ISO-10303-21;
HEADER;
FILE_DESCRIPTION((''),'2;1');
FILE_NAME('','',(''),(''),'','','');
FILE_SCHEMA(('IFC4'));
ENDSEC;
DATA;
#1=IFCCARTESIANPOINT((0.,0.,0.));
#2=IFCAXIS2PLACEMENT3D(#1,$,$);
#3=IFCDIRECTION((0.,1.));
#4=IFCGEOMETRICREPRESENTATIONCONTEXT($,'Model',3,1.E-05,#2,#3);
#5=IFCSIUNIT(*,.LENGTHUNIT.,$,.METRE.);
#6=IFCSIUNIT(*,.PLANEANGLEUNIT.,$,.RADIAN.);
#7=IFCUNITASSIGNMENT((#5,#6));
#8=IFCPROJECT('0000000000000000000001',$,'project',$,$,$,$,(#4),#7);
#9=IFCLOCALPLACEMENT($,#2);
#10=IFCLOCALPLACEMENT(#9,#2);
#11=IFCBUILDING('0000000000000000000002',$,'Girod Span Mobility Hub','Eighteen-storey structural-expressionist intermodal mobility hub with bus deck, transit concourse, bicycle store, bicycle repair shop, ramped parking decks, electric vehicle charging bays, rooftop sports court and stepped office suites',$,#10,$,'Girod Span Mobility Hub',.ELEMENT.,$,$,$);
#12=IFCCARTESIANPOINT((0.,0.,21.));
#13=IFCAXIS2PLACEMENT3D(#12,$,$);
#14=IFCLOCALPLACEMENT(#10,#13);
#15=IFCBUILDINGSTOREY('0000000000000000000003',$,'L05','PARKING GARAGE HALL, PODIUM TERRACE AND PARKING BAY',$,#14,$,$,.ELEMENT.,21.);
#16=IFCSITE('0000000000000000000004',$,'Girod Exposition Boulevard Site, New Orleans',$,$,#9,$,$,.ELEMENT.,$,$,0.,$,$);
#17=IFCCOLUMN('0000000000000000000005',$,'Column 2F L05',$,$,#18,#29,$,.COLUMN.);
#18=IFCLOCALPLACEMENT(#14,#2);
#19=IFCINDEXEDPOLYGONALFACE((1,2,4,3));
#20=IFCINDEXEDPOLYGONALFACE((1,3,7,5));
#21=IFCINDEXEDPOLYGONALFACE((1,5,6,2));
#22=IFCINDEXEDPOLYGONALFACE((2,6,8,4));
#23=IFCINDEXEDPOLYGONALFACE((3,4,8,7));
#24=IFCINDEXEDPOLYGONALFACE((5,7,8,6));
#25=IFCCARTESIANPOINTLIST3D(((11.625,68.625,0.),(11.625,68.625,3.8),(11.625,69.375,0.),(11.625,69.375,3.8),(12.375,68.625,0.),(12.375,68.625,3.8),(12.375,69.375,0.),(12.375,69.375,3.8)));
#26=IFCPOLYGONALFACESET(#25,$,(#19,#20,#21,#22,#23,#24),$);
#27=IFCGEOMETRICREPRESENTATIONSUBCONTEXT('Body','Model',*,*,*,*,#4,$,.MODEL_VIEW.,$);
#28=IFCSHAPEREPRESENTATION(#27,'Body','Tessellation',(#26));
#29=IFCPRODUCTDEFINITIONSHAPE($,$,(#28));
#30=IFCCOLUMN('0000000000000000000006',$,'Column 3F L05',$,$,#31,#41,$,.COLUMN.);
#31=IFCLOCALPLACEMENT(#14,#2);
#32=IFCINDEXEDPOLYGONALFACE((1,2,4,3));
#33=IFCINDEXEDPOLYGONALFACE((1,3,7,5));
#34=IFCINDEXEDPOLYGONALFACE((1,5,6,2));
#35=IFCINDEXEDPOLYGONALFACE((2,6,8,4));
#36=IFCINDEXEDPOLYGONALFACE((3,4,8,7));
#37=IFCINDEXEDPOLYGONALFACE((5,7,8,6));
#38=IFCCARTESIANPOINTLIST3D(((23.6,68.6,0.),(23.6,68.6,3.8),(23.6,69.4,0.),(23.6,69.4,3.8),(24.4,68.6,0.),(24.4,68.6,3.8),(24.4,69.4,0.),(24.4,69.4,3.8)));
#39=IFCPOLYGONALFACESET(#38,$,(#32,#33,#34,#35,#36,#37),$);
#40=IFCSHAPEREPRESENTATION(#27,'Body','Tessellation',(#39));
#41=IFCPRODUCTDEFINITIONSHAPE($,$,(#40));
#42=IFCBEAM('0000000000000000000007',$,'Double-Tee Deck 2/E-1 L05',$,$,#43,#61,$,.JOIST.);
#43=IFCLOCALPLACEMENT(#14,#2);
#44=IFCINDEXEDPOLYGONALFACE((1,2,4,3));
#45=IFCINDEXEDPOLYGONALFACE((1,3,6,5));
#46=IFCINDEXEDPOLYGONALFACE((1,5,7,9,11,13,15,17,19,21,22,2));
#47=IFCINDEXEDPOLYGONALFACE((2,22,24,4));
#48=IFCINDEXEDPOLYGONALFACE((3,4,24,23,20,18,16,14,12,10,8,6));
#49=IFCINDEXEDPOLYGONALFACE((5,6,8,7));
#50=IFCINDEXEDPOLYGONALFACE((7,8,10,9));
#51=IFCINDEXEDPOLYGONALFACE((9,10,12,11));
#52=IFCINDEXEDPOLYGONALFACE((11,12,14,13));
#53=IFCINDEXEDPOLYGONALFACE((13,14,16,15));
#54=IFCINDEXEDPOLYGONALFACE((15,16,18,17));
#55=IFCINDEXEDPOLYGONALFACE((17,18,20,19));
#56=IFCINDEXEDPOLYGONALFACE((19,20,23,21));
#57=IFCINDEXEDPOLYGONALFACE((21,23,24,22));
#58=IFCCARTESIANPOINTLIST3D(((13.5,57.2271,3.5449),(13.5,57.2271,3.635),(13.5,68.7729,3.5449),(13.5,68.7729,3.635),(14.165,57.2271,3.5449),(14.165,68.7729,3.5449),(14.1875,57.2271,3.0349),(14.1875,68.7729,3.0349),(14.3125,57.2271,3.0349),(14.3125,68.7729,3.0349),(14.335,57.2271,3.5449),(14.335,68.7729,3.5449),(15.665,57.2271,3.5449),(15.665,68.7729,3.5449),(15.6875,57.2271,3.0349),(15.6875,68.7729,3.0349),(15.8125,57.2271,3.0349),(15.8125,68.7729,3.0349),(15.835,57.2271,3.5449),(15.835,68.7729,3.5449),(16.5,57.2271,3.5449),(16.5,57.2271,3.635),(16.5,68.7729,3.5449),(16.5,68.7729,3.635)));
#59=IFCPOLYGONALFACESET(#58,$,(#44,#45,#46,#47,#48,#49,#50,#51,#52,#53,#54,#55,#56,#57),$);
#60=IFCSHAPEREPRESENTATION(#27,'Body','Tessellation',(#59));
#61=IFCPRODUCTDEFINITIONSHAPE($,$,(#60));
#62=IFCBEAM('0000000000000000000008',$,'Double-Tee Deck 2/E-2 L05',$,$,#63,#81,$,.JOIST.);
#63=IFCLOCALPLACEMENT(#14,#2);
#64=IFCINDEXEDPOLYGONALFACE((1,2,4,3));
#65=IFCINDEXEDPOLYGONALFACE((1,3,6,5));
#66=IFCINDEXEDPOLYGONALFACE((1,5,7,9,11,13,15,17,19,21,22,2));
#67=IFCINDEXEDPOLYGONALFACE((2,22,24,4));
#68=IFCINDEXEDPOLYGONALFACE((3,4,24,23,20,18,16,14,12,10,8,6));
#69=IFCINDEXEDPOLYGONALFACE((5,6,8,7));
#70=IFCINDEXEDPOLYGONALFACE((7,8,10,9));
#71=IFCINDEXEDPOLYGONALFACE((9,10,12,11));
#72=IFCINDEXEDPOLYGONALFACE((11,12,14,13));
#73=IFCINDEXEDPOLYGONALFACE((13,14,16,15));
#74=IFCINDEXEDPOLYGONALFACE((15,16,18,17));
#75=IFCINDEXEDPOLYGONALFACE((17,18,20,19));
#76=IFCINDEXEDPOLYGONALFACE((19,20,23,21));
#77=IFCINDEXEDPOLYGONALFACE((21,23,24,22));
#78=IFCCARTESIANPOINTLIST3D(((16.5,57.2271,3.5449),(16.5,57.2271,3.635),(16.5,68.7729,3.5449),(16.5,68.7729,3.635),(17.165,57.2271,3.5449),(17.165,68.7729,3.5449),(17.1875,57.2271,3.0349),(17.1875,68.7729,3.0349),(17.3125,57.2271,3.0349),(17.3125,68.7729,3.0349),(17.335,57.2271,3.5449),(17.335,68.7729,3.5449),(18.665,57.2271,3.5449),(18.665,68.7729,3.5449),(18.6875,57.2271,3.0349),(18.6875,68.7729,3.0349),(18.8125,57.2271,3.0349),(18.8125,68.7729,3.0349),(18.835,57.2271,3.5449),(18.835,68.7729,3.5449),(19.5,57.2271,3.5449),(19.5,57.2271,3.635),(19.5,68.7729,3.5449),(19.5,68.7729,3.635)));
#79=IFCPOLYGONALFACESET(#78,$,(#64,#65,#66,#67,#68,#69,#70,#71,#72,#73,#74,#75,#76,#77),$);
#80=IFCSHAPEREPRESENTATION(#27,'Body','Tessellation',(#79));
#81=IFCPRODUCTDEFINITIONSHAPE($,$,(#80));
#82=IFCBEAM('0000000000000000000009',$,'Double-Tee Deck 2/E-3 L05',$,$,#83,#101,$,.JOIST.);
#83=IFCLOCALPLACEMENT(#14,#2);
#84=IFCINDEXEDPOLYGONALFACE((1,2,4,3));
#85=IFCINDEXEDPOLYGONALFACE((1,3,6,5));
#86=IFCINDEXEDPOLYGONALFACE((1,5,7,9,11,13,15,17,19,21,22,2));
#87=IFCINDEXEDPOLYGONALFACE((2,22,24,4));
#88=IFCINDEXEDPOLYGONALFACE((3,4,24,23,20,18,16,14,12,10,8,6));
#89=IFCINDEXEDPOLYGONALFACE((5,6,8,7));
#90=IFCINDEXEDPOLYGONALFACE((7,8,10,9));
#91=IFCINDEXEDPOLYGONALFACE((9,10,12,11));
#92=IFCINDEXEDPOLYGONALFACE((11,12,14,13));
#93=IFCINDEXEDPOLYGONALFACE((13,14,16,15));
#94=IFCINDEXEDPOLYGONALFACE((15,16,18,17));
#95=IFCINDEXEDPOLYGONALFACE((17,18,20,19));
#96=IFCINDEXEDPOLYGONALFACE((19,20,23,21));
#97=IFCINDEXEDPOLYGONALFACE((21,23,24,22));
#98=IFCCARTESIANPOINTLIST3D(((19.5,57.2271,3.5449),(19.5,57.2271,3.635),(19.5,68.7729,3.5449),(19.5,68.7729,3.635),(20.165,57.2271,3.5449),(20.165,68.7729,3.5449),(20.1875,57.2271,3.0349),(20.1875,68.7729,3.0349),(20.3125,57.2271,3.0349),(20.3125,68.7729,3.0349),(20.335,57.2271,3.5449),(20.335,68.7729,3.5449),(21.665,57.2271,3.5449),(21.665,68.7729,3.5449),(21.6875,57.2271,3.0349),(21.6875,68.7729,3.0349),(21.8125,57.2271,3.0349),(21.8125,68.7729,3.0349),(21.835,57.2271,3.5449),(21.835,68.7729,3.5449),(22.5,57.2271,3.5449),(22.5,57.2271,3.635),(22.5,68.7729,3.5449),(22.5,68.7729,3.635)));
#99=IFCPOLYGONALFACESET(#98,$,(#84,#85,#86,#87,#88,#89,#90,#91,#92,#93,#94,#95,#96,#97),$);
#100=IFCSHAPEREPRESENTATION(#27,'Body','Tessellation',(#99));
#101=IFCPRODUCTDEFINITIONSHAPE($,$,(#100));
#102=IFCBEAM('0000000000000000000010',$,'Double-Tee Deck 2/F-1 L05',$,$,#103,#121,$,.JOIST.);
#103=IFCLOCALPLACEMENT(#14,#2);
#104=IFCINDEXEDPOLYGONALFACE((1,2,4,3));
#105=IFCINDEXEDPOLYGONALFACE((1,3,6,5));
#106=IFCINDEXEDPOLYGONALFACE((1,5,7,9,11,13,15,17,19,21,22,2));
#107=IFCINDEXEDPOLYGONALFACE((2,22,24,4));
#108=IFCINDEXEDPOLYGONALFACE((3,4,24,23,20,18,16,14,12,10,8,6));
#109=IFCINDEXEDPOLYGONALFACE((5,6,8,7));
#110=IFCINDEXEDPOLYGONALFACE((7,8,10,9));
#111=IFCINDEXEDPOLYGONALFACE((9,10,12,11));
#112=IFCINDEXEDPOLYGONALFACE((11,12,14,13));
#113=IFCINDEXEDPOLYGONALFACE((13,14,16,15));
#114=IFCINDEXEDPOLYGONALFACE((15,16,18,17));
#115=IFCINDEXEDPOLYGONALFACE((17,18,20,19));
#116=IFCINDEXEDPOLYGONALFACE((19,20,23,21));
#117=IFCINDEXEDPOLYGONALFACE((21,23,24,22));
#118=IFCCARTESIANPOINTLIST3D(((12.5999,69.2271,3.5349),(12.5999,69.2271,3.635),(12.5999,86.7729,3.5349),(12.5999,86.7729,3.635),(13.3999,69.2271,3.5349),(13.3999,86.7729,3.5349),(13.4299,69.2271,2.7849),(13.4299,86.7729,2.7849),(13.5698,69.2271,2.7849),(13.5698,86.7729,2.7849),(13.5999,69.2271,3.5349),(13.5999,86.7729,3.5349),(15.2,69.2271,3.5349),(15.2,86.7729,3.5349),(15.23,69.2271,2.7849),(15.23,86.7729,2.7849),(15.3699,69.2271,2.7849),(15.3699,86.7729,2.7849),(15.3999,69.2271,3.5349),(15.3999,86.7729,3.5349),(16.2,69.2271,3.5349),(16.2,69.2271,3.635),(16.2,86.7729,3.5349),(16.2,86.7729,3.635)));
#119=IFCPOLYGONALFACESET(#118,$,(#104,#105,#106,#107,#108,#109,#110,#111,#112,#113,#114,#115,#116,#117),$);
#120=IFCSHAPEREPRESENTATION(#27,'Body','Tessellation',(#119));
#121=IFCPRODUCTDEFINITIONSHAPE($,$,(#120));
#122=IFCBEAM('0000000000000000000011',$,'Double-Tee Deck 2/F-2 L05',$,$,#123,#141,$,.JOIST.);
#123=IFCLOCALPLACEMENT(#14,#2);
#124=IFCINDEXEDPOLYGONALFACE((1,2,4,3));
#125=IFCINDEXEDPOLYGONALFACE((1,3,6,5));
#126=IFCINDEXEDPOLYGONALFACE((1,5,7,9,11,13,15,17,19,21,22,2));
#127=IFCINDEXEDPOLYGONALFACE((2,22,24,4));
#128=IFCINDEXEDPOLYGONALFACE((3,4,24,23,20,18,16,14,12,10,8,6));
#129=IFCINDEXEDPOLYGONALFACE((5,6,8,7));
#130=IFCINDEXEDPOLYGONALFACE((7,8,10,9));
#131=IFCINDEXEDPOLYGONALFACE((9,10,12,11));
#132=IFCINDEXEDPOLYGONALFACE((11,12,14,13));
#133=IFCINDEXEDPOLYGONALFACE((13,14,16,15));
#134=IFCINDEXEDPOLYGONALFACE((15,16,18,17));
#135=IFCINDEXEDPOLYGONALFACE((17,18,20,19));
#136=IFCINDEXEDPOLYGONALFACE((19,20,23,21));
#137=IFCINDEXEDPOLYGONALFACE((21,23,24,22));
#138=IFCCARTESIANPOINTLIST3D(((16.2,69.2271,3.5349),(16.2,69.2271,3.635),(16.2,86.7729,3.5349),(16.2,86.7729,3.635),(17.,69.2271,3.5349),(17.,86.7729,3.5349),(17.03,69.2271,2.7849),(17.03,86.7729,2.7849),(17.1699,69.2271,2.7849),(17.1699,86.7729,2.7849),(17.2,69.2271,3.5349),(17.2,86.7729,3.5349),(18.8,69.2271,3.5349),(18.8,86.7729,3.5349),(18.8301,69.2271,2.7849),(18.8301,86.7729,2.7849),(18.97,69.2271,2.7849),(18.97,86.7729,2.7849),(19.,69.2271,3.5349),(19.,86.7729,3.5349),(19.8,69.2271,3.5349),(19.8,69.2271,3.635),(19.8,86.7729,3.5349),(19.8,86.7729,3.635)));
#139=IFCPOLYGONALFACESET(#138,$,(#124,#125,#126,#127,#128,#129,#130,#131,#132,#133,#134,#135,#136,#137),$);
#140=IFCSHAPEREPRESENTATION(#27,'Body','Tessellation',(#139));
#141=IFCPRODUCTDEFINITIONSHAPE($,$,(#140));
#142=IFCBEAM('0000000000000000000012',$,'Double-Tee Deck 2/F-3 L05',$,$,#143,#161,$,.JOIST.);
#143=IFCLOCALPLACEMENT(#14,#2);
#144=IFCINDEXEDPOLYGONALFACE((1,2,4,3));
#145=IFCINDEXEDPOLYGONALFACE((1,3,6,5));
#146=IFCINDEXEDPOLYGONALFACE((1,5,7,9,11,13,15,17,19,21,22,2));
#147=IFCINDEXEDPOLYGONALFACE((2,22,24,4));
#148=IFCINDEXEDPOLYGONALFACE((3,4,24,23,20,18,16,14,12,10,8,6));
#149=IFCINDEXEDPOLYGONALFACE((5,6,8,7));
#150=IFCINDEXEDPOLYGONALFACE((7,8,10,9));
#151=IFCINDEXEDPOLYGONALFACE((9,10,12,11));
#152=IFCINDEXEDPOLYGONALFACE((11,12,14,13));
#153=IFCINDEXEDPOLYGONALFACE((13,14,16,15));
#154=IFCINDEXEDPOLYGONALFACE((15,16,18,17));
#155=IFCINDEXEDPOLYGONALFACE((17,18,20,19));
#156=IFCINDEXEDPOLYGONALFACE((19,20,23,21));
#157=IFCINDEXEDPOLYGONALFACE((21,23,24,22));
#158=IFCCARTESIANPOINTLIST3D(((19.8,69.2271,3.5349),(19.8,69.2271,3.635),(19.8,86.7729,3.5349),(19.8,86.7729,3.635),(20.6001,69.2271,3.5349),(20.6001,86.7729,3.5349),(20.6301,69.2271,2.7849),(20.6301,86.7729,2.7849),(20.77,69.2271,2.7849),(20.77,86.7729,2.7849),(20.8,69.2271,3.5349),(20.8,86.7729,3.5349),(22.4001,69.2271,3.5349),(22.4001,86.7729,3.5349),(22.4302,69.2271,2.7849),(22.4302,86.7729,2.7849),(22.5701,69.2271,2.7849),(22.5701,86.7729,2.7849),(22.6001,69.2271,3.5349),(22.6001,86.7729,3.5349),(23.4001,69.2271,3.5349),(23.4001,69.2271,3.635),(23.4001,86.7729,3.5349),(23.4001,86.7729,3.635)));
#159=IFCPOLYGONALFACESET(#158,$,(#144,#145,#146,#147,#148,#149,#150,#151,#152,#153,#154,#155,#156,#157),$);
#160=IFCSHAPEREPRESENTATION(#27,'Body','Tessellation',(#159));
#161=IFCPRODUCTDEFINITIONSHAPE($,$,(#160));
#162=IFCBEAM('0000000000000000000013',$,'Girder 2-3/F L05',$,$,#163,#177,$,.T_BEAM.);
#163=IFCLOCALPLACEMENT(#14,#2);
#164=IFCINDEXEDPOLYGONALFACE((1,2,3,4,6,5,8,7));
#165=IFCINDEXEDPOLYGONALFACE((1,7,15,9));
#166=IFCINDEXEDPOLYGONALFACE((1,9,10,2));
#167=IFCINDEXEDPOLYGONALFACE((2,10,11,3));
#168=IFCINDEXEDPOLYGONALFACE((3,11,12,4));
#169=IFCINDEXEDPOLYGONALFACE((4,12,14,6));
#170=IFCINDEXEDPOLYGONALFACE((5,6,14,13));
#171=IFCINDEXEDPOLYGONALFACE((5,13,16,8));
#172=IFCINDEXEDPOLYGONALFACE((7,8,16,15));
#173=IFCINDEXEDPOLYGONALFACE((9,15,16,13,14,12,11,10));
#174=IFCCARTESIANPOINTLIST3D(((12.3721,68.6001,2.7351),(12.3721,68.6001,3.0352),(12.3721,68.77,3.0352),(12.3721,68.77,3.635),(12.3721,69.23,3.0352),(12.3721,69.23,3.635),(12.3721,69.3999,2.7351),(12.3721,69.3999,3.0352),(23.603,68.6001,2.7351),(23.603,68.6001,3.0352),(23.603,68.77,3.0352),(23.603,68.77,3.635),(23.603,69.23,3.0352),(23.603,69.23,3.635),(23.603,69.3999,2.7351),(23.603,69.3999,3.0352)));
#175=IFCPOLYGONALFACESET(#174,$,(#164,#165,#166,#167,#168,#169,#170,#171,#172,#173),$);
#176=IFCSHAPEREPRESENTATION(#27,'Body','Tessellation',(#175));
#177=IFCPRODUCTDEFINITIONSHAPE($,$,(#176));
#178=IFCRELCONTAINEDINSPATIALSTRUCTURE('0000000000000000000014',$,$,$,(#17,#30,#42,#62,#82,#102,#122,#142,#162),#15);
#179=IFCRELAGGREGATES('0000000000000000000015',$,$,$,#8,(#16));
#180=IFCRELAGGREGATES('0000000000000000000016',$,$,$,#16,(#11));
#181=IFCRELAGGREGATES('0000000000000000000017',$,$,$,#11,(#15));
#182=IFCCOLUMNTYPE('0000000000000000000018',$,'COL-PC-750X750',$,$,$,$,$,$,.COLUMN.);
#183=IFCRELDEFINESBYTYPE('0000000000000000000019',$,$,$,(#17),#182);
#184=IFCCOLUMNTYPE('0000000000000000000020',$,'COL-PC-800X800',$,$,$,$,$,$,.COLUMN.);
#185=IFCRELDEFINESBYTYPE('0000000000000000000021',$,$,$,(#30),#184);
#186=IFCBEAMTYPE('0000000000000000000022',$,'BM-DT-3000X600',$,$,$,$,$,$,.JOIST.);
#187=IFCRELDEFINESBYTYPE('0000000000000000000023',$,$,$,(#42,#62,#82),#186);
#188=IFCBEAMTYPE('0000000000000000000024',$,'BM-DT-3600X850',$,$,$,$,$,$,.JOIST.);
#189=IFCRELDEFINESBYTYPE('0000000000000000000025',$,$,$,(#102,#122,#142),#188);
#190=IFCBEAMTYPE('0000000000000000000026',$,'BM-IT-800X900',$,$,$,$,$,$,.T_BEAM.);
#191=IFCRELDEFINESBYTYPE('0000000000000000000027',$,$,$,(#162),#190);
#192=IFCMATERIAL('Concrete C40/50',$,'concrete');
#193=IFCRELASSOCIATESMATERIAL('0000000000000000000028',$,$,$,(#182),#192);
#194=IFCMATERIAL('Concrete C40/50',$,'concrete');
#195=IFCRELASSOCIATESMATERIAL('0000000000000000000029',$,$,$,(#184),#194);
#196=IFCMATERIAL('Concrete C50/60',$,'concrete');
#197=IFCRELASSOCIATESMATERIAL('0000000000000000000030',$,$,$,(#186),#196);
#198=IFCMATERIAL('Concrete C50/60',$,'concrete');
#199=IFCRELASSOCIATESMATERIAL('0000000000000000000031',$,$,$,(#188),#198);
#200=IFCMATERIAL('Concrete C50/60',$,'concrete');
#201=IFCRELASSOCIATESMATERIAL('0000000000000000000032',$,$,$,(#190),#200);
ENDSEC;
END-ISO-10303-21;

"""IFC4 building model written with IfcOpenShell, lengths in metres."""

from ifc_helpers import new_model, si_unit, direction, frame, origin, origin_2d, place, context, subcontext, project, spatial, polyline, rectangle, outline, extrude, material, material_profile, profile_set, type_object, element, save


model = new_model("IFC4")

# Units and contexts
model_context = context("Model", 3, precision=1e-05, world=origin(), true_north=direction((0.0, 1.0)))
body_context = subcontext(model_context, "Body", "Model", "MODEL_VIEW")
ifc_project = project(units=[si_unit("LENGTHUNIT", "METRE"), si_unit("PLANEANGLEUNIT", "RADIAN")], contexts=[model_context])

# Site, building, storey
site_placement = place(None, origin())
site = spatial("IfcSite", under=ifc_project, at=site_placement, Name="Girod Exposition Boulevard Site, New Orleans", CompositionType="ELEMENT", RefElevation=0.0)
building_placement = place(site_placement, origin())
building = spatial("IfcBuilding", under=site, at=building_placement, Name="Girod Span Mobility Hub", Description="Eighteen-storey structural-expressionist intermodal mobility hub with bus deck, transit concourse, bicycle store, bicycle repair shop, ramped parking decks, electric vehicle charging bays, rooftop sports court and stepped office suites", LongName="Girod Span Mobility Hub", CompositionType="ELEMENT")
storey_placement = place(building_placement, frame((0.0, 0.0, 21.0)))
storey = spatial("IfcBuildingStorey", under=building, at=storey_placement, Name="L05", Description="PARKING GARAGE HALL, PODIUM TERRACE AND PARKING BAY", CompositionType="ELEMENT", Elevation=21.0)

# Columns
ifc_material_1 = material(Name="Concrete C40/50", Category="concrete")
ifc_material_profile_1 = material_profile(ifc_material_1, rectangle(XDim=0.75, YDim=0.75, at=origin_2d()), Name="PC-COL-750X750")
ifc_profile_set_1 = profile_set([ifc_material_profile_1], Name="Concrete C40/50")
column_type_1 = type_object("IfcColumnType", Name="COL-PC-750X750", PredefinedType="COLUMN", material=ifc_profile_set_1)
column_1_placement = place(storey_placement, frame((12.0, 69.0, 0.0), z_axis=(0.0, 0.0, 1.0), x_axis=(1.0, 0.0, 0.0)))
element("IfcColumn", 1, at=column_1_placement, inside=storey, type_object=column_type_1, Name="Column 2F L05", PredefinedType="COLUMN", context=body_context, shape_type="SweptSolid", body=[
    extrude(rectangle(XDim=0.75, YDim=0.75, at=origin_2d()), origin(), (0.0, 0.0, 1.0), 3.8),
])
ifc_material_2 = material(Name="Concrete C40/50", Category="concrete")
ifc_material_profile_2 = material_profile(ifc_material_2, rectangle(XDim=0.8, YDim=0.8, at=origin_2d()), Name="PC-COL-800X800")
ifc_profile_set_2 = profile_set([ifc_material_profile_2], Name="Concrete C40/50")
column_type_2 = type_object("IfcColumnType", Name="COL-PC-800X800", PredefinedType="COLUMN", material=ifc_profile_set_2)
column_2_placement = place(storey_placement, frame((24.0, 69.0, 0.0), z_axis=(0.0, 0.0, 1.0), x_axis=(1.0, 0.0, 0.0)))
element("IfcColumn", 2, at=column_2_placement, inside=storey, type_object=column_type_2, Name="Column 3F L05", PredefinedType="COLUMN", context=body_context, shape_type="SweptSolid", body=[
    extrude(rectangle(XDim=0.8, YDim=0.8, at=origin_2d()), origin(), (0.0, 0.0, 1.0), 3.8),
])

# Beams
ifc_material_3 = material(Name="Concrete C50/60", Category="concrete")
ifc_material_profile_3 = material_profile(ifc_material_3, outline(polyline([(-1.5, 0.3), (-1.5, 0.21), (-0.835, 0.21), (-0.8125, -0.3), (-0.6875, -0.3), (-0.665, 0.21), (0.665, 0.21), (0.6875, -0.3), (0.8125, -0.3), (0.835, 0.21), (1.5, 0.21), (1.5, 0.3), (-1.5, 0.3)])), Name="DT-3000X600")
ifc_profile_set_3 = profile_set([ifc_material_profile_3], Name="Concrete C50/60")
beam_type_1 = type_object("IfcBeamType", Name="BM-DT-3000X600", PredefinedType="JOIST", material=ifc_profile_set_3)
for number, where, z_axis, x_axis, name in (
    (3, (15.0, 57.2271, 3.335), (0.0, 1.0, 0.0), (-1.0, 0.0, 0.0), "Double-Tee Deck 2/E-1 L05"),
    (4, (18.0, 57.2271, 3.335), (0.0, 1.0, 0.0), (-1.0, 0.0, 0.0), "Double-Tee Deck 2/E-2 L05"),
    (5, (21.0, 57.2271, 3.335), (0.0, 1.0, 0.0), (-1.0, 0.0, 0.0), "Double-Tee Deck 2/E-3 L05"),
):
    element("IfcBeam", number, at=place(storey_placement, frame(where, z_axis=z_axis, x_axis=x_axis)), inside=storey, type_object=beam_type_1, Name=name, PredefinedType="JOIST", context=body_context, shape_type="SweptSolid", body=[
        extrude(outline(polyline([(-1.5, 0.3), (-1.5, 0.21), (-0.835, 0.21), (-0.8125, -0.3), (-0.6875, -0.3), (-0.665, 0.21), (0.665, 0.21), (0.6875, -0.3), (0.8125, -0.3), (0.835, 0.21), (1.5, 0.21), (1.5, 0.3), (-1.5, 0.3)])), origin(), (0.0, 0.0, 1.0), 11.5459),
    ])
ifc_material_4 = material(Name="Concrete C50/60", Category="concrete")
ifc_material_profile_4 = material_profile(ifc_material_4, outline(polyline([(-1.8, 0.425), (-1.8, 0.325), (-1.0, 0.325), (-0.97, -0.425), (-0.8301, -0.425), (-0.8, 0.325), (0.8, 0.325), (0.8301, -0.425), (0.97, -0.425), (1.0, 0.325), (1.8, 0.325), (1.8, 0.425), (-1.8, 0.425)])), Name="DT-3600X850")
ifc_profile_set_4 = profile_set([ifc_material_profile_4], Name="Concrete C50/60")
beam_type_2 = type_object("IfcBeamType", Name="BM-DT-3600X850", PredefinedType="JOIST", material=ifc_profile_set_4)
for number, where, z_axis, x_axis, name in (
    (6, (14.3999, 69.2271, 3.21), (0.0, 1.0, 0.0), (-1.0, 0.0, 0.0), "Double-Tee Deck 2/F-1 L05"),
    (7, (18.0, 69.2271, 3.21), (0.0, 1.0, 0.0), (-1.0, 0.0, 0.0), "Double-Tee Deck 2/F-2 L05"),
    (8, (21.6001, 69.2271, 3.21), (0.0, 1.0, 0.0), (-1.0, 0.0, 0.0), "Double-Tee Deck 2/F-3 L05"),
):
    element("IfcBeam", number, at=place(storey_placement, frame(where, z_axis=z_axis, x_axis=x_axis)), inside=storey, type_object=beam_type_2, Name=name, PredefinedType="JOIST", context=body_context, shape_type="SweptSolid", body=[
        extrude(outline(polyline([(-1.8, 0.425), (-1.8, 0.325), (-1.0, 0.325), (-0.97, -0.425), (-0.8301, -0.425), (-0.8, 0.325), (0.8, 0.325), (0.8301, -0.425), (0.97, -0.425), (1.0, 0.325), (1.8, 0.325), (1.8, 0.425), (-1.8, 0.425)])), origin(), (0.0, 0.0, 1.0), 17.5459),
    ])
ifc_material_5 = material(Name="Concrete C50/60", Category="concrete")
ifc_material_profile_5 = material_profile(ifc_material_5, outline(polyline([(-0.3999, -0.45), (0.3999, -0.45), (0.3999, -0.1499), (0.23, -0.1499), (0.23, 0.45), (-0.23, 0.45), (-0.23, -0.1499), (-0.3999, -0.1499), (-0.3999, -0.45)])), Name="IT-800X900")
ifc_profile_set_5 = profile_set([ifc_material_profile_5], Name="Concrete C50/60")
beam_type_3 = type_object("IfcBeamType", Name="BM-IT-800X900", PredefinedType="T_BEAM", material=ifc_profile_set_5)
beam_1_placement = place(storey_placement, frame((12.3721, 69.0, 3.1851), z_axis=(1.0, 0.0, 0.0), x_axis=(0.0, 1.0, 0.0)))
element("IfcBeam", 9, at=beam_1_placement, inside=storey, type_object=beam_type_3, Name="Girder 2-3/F L05", PredefinedType="T_BEAM", context=body_context, shape_type="SweptSolid", body=[
    extrude(outline(polyline([(-0.3999, -0.45), (0.3999, -0.45), (0.3999, -0.1499), (0.23, -0.1499), (0.23, 0.45), (-0.23, 0.45), (-0.23, -0.1499), (-0.3999, -0.1499), (-0.3999, -0.45)])), origin(), (0.0, 0.0, 1.0), 11.231),
])

save(model, "model.ifc")
